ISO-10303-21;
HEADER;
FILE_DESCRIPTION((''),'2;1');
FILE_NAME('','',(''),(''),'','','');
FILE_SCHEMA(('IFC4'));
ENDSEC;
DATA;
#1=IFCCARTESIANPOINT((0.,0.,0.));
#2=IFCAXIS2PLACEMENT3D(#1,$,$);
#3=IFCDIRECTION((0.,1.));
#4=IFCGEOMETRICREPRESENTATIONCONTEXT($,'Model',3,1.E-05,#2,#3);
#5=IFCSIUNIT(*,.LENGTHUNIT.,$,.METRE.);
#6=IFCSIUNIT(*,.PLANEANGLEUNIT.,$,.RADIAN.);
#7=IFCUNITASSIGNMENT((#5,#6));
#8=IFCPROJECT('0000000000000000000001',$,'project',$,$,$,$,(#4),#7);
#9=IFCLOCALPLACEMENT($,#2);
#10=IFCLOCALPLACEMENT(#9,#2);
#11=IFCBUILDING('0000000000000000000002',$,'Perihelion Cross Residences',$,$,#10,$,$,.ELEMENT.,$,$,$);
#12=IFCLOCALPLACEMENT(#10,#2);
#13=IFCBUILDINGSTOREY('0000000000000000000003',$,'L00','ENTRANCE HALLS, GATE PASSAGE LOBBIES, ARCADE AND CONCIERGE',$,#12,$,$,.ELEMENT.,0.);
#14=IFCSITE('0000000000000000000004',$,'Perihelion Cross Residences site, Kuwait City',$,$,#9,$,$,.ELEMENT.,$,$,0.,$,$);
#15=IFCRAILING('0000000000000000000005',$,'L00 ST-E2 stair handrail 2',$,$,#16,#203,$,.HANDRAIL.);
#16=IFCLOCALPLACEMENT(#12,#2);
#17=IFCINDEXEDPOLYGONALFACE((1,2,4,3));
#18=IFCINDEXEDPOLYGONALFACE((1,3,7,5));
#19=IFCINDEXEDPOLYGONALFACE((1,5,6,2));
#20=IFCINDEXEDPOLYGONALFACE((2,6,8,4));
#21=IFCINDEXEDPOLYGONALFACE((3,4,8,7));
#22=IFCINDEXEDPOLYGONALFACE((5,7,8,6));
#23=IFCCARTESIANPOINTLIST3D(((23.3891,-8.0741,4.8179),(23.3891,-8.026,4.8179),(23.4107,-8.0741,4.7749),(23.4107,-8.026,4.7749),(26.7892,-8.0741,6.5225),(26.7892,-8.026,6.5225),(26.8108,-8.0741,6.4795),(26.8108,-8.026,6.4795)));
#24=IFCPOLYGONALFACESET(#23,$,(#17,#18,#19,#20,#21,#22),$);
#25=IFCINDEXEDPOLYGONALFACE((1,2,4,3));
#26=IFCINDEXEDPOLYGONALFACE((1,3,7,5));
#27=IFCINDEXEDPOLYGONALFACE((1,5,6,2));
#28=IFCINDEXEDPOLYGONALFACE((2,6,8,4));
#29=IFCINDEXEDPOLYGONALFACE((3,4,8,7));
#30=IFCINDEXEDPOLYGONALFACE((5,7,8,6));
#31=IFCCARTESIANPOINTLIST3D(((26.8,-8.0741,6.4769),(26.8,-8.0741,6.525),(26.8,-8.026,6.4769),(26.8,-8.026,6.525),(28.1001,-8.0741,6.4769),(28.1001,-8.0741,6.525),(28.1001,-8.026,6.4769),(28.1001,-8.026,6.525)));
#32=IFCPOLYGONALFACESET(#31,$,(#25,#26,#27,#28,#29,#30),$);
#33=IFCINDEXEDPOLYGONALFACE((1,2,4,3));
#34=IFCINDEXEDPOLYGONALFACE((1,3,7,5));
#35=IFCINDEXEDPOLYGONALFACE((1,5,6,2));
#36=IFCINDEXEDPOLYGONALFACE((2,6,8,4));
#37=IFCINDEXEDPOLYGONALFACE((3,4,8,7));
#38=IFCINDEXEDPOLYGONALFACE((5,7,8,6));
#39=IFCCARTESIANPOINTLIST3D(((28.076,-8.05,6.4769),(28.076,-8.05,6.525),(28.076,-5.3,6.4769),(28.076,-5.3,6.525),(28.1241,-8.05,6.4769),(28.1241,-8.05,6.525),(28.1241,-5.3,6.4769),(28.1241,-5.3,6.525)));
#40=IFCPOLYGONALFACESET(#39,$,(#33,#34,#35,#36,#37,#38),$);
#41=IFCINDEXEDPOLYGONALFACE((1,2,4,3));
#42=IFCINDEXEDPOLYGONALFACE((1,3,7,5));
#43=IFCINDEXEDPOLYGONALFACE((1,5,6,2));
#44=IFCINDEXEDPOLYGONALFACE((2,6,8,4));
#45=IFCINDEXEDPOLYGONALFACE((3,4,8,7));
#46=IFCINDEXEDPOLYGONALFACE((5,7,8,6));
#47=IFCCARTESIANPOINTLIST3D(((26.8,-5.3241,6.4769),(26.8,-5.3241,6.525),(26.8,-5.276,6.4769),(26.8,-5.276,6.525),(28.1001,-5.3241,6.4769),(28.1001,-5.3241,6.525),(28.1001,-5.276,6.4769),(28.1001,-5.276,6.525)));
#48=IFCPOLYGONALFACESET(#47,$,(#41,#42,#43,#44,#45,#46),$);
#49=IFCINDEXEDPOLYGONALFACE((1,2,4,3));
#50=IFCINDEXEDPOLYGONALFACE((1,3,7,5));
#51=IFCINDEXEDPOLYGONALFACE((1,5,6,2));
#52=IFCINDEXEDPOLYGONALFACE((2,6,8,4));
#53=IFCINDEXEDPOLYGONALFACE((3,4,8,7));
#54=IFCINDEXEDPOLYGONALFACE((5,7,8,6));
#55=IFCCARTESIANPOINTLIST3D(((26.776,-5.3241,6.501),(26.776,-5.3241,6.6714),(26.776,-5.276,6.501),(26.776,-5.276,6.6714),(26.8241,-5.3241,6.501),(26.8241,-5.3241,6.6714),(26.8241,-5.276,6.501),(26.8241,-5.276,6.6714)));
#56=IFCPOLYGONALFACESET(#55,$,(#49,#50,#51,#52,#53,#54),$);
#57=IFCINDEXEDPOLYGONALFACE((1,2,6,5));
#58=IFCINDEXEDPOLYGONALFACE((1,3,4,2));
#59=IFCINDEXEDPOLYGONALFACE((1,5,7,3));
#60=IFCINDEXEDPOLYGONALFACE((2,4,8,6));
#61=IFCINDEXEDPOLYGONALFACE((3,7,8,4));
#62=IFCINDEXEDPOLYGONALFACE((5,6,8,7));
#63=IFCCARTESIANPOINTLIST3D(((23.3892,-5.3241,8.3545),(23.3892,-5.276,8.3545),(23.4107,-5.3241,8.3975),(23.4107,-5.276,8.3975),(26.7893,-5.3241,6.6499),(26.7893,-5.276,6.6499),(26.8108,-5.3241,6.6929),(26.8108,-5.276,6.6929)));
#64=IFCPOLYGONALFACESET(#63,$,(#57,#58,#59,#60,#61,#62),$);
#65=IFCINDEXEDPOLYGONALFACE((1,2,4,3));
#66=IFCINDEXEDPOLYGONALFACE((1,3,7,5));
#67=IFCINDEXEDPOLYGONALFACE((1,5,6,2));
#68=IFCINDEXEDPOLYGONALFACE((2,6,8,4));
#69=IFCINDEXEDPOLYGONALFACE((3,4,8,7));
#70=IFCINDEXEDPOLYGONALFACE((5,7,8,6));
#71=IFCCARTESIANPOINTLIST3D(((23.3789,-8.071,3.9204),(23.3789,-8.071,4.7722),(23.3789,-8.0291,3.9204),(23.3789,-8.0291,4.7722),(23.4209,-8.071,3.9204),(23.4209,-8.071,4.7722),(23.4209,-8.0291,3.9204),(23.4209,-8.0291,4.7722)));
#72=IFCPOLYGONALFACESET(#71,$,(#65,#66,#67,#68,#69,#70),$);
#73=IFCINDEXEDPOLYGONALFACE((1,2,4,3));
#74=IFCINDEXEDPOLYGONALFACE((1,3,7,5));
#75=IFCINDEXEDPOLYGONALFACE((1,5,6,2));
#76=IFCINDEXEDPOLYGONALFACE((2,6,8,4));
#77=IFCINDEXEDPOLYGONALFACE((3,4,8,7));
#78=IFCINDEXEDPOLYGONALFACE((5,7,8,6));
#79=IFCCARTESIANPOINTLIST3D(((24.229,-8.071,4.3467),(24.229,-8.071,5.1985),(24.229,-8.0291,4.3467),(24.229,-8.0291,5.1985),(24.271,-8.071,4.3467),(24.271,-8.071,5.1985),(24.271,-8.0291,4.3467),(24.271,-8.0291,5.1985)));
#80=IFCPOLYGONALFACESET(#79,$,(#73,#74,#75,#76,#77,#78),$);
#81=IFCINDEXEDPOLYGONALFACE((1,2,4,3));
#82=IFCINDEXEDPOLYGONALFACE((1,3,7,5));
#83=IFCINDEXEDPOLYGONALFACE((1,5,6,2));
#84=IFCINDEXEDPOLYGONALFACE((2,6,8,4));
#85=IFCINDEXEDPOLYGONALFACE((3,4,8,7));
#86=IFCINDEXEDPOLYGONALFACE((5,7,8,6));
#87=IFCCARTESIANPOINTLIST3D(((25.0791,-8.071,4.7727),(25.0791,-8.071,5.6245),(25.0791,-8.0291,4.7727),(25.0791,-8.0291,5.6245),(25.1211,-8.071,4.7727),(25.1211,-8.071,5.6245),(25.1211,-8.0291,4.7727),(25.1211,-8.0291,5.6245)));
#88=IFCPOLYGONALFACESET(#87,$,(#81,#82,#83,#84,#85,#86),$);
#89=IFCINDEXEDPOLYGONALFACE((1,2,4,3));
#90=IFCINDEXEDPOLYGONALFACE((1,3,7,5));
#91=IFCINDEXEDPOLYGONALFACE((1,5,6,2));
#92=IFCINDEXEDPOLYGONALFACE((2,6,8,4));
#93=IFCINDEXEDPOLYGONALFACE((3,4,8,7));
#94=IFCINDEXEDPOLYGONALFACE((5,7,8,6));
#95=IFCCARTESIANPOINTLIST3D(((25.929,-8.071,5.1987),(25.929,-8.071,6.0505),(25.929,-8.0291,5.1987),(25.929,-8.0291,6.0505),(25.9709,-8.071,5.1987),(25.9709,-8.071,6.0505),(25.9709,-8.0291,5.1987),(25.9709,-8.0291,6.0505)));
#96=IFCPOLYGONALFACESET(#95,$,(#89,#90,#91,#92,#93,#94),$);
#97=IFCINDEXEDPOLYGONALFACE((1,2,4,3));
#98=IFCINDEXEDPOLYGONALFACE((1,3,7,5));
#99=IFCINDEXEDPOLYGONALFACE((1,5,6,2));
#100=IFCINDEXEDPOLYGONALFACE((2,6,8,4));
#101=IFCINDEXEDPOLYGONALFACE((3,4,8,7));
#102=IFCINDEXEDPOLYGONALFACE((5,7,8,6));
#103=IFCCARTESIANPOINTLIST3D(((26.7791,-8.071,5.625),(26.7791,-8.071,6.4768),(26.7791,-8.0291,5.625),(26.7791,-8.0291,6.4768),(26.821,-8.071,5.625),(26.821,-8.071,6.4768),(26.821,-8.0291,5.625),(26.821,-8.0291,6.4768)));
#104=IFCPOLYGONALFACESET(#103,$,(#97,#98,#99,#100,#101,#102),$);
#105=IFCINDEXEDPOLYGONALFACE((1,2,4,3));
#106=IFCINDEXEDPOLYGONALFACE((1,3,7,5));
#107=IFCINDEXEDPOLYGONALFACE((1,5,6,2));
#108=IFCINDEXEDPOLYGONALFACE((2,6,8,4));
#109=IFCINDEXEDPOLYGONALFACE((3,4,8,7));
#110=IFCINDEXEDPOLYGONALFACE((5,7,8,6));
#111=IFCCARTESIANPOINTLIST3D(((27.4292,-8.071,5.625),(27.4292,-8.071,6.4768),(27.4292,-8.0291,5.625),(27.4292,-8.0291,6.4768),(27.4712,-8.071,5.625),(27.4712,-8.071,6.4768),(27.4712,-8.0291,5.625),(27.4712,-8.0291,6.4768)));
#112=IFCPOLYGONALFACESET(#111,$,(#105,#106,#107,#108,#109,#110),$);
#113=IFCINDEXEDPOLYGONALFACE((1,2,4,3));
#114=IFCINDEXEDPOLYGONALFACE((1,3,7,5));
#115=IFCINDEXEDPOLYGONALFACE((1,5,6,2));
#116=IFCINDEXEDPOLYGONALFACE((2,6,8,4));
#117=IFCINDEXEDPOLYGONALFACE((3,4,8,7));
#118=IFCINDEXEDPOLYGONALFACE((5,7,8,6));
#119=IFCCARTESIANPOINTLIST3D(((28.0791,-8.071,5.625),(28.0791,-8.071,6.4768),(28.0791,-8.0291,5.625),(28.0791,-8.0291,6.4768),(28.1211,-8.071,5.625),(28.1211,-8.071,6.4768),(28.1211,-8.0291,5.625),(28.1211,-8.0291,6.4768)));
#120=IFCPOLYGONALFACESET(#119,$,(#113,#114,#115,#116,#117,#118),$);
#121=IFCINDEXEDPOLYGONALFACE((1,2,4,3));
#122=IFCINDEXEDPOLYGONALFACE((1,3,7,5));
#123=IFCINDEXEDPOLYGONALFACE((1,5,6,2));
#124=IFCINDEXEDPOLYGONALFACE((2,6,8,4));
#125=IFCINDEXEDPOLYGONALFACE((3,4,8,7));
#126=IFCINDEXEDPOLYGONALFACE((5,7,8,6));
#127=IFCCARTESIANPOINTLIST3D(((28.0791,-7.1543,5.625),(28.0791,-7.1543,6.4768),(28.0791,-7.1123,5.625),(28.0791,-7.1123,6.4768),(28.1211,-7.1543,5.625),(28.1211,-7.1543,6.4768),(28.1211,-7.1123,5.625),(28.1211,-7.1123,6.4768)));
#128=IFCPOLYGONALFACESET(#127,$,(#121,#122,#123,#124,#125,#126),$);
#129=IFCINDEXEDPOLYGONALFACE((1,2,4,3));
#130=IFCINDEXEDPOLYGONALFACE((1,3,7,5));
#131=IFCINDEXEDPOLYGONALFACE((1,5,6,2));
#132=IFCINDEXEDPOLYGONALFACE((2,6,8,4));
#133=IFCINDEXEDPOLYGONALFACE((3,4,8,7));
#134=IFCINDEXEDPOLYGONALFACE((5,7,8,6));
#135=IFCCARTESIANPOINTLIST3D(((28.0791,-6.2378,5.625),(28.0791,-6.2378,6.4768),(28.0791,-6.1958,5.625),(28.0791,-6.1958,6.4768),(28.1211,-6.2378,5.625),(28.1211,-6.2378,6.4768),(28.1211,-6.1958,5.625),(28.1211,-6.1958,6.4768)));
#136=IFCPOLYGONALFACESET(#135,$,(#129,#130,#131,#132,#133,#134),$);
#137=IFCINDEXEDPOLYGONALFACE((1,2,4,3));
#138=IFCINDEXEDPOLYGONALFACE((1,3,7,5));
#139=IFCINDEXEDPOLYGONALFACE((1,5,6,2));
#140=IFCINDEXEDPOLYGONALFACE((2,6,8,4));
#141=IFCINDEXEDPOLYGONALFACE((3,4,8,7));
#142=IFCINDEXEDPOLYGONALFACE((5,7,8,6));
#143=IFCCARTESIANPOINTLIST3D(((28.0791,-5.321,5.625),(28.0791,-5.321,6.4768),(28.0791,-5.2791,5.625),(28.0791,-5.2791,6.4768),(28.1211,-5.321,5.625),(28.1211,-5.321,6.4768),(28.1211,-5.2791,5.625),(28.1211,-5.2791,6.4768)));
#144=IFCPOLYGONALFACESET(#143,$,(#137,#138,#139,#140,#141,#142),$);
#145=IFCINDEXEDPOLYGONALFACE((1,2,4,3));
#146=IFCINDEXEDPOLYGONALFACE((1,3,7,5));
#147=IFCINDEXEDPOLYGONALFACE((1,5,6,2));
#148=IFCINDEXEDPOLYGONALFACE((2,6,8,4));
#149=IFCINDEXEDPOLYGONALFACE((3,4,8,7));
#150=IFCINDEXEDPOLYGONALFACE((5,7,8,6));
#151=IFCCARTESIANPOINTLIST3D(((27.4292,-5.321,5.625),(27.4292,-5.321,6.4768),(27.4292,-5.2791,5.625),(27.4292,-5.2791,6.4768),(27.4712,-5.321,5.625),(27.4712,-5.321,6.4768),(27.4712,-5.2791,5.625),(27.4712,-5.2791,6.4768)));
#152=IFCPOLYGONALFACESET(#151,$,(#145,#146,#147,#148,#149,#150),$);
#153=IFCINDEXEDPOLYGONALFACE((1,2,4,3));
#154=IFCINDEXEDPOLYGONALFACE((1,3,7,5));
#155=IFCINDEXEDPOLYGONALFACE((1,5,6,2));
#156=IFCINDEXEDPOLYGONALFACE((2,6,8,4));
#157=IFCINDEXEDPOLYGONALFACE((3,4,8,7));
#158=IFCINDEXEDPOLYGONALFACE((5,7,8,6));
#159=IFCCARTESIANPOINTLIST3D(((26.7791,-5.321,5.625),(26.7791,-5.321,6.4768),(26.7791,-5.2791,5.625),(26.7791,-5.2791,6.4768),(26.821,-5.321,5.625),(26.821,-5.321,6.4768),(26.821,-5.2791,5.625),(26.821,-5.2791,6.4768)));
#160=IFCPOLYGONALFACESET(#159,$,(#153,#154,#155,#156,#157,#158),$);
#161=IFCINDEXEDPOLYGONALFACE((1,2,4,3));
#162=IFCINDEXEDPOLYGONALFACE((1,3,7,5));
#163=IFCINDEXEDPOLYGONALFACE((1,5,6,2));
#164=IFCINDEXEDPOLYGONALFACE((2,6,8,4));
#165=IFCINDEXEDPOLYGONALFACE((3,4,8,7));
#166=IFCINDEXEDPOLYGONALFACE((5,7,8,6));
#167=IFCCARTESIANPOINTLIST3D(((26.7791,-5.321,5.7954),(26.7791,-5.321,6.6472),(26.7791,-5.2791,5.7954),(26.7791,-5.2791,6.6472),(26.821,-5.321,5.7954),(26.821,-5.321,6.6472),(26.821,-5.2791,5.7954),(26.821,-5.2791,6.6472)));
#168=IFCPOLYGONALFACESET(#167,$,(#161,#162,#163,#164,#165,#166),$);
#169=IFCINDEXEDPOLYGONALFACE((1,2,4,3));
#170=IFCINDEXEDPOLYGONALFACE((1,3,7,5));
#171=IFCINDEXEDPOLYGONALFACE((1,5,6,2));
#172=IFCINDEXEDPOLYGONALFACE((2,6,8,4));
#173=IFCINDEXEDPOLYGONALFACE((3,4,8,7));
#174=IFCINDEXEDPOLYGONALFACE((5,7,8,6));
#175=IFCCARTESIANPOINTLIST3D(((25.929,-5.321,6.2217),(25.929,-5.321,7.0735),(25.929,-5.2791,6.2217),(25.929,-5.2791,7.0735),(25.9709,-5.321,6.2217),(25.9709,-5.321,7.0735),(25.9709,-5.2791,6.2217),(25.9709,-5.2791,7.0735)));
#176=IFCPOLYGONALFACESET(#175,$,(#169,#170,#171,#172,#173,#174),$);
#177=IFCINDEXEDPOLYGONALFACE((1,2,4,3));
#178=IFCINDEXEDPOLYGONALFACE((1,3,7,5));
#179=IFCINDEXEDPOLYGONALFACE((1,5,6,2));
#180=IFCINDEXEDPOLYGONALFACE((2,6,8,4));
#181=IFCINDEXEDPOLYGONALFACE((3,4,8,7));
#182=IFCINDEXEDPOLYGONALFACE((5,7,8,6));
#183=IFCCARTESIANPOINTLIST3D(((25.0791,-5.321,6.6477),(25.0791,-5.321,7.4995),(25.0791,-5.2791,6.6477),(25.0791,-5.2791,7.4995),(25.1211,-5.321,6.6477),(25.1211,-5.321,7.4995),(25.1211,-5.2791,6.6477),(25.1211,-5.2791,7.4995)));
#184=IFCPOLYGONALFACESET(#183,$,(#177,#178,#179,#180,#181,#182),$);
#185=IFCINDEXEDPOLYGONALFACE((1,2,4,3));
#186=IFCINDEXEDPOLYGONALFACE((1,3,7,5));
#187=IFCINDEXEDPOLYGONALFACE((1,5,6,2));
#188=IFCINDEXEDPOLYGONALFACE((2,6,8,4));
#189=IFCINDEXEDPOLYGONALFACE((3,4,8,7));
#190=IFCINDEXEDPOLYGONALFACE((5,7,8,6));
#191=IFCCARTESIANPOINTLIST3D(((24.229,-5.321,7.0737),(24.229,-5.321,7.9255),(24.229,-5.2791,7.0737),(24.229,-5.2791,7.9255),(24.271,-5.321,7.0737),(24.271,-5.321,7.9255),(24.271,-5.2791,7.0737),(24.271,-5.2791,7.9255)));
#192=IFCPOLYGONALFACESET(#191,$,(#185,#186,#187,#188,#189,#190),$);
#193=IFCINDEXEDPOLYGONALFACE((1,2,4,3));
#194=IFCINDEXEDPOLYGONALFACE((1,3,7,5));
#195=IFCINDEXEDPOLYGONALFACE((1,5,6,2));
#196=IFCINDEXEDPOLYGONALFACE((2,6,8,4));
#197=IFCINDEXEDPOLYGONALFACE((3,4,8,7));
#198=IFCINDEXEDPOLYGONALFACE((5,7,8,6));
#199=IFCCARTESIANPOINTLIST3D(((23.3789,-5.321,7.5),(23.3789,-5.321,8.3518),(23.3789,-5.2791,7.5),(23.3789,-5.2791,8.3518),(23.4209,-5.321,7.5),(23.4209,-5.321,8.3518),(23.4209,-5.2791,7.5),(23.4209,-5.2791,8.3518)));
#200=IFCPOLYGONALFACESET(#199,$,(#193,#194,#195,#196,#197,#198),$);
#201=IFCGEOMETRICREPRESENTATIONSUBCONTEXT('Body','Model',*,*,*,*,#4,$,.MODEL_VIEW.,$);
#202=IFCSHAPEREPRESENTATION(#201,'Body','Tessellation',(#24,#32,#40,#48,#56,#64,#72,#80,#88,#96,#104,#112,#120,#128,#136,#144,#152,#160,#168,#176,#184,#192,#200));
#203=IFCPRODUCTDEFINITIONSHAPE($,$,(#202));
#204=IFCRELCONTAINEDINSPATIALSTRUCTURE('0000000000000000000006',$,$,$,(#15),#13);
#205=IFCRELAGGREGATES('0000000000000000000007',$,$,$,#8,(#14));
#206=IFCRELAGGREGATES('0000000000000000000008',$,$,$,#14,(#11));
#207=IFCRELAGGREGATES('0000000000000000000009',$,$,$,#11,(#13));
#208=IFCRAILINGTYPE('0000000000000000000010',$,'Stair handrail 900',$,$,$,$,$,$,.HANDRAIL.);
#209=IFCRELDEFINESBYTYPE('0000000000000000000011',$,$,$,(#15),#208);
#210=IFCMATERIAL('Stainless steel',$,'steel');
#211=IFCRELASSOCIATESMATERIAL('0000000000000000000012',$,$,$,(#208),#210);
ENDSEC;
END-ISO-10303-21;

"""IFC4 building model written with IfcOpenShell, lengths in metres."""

from ifc_helpers import new_model, si_unit, direction, frame, origin, origin_2d, place, context, subcontext, project, spatial, rectangle, extrude, material, type_object, element, save


model = new_model("IFC4")

# Units and contexts
model_context = context("Model", 3, precision=1e-05, world=origin(), true_north=direction((0.0, 1.0)))
body_context = subcontext(model_context, "Body", "Model", "MODEL_VIEW")
ifc_project = project(units=[si_unit("LENGTHUNIT", "METRE"), si_unit("PLANEANGLEUNIT", "RADIAN")], contexts=[model_context])

# Site, building, storey
site_placement = place(None, origin())
site = spatial("IfcSite", under=ifc_project, at=site_placement, Name="Perihelion Cross Residences site, Kuwait City", CompositionType="ELEMENT", RefElevation=0.0)
building_placement = place(site_placement, origin())
building = spatial("IfcBuilding", under=site, at=building_placement, Name="Perihelion Cross Residences", CompositionType="ELEMENT")
storey_placement = place(building_placement, origin())
storey = spatial("IfcBuildingStorey", under=building, at=storey_placement, Name="L00", Description="ENTRANCE HALLS, GATE PASSAGE LOBBIES, ARCADE AND CONCIERGE", CompositionType="ELEMENT", Elevation=0.0)

# Railing
ifc_material_1 = material(Name="Stainless steel", Category="steel")
railing_type_1 = type_object("IfcRailingType", Name="Stair handrail 900", PredefinedType="HANDRAIL", material=ifc_material_1)
railing_1_placement = place(storey_placement, frame((23.3999, -8.05, 3.9204)))
element("IfcRailing", 1, at=railing_1_placement, inside=storey, type_object=railing_type_1, Name="L00 ST-E2 stair handrail 2", PredefinedType="HANDRAIL", context=body_context, shape_type="SweptSolid", body=[
    extrude(rectangle(XDim=0.0481, YDim=0.0481, at=origin_2d()), frame((0.0, 0.0, 0.876), z_axis=(0.893952, 0.0, 0.448163), x_axis=(0.0, 1.0, 0.0)), (0.0, 0.0, 1.0), 3.8035),
    extrude(rectangle(XDim=0.0481, YDim=0.0481, at=origin_2d()), frame((3.4001, 0.0, 2.5806), z_axis=(1.0, 0.0, 0.0), x_axis=(0.0, 1.0, 0.0)), (0.0, 0.0, 1.0), 1.3),
    extrude(rectangle(XDim=0.0481, YDim=0.0481, at=origin_2d()), frame((4.7002, 0.0, 2.5806), z_axis=(0.0, 1.0, 0.0), x_axis=(-1.0, 0.0, 0.0)), (0.0, 0.0, 1.0), 2.75),
    extrude(rectangle(XDim=0.0481, YDim=0.0481, at=origin_2d()), frame((4.7002, 2.75, 2.5806), z_axis=(-1.0, 0.0, 0.0), x_axis=(0.0, -1.0, 0.0)), (0.0, 0.0, 1.0), 1.3),
    extrude(rectangle(XDim=0.0481, YDim=0.0481, at=origin_2d()), frame((3.4001, 2.75, 2.5806), z_axis=(0.0, 0.0, 1.0), x_axis=(1.0, 0.0, 0.0)), (0.0, 0.0, 1.0), 0.1704),
    extrude(rectangle(XDim=0.0481, YDim=0.0481, at=origin_2d()), frame((3.4001, 2.75, 2.751), z_axis=(-0.893952, 0.0, 0.448163), x_axis=(0.0, -1.0, 0.0)), (0.0, 0.0, 1.0), 3.8035),
    extrude(rectangle(XDim=0.042, YDim=0.042, at=origin_2d()), origin(), (0.0, 0.0, 1.0), 0.8518),
    extrude(rectangle(XDim=0.042, YDim=0.042, at=origin_2d()), frame((0.8501, 0.0, 0.4263)), (0.0, 0.0, 1.0), 0.8518),
    extrude(rectangle(XDim=0.042, YDim=0.042, at=origin_2d()), frame((1.7002, 0.0, 0.8523)), (0.0, 0.0, 1.0), 0.8518),
    extrude(rectangle(XDim=0.042, YDim=0.042, at=origin_2d()), frame((2.55, 0.0, 1.2783)), (0.0, 0.0, 1.0), 0.8518),
    extrude(rectangle(XDim=0.042, YDim=0.042, at=origin_2d()), frame((3.4001, 0.0, 1.7046)), (0.0, 0.0, 1.0), 0.8518),
    extrude(rectangle(XDim=0.042, YDim=0.042, at=origin_2d()), frame((4.0503, 0.0, 1.7046)), (0.0, 0.0, 1.0), 0.8518),
    extrude(rectangle(XDim=0.042, YDim=0.042, at=origin_2d()), frame((4.7002, 0.0, 1.7046)), (0.0, 0.0, 1.0), 0.8518),
    extrude(rectangle(XDim=0.042, YDim=0.042, at=origin_2d()), frame((4.7002, 0.9167, 1.7046)), (0.0, 0.0, 1.0), 0.8518),
    extrude(rectangle(XDim=0.042, YDim=0.042, at=origin_2d()), frame((4.7002, 1.8333, 1.7046)), (0.0, 0.0, 1.0), 0.8518),
    extrude(rectangle(XDim=0.042, YDim=0.042, at=origin_2d()), frame((4.7002, 2.75, 1.7046)), (0.0, 0.0, 1.0), 0.8518),
    extrude(rectangle(XDim=0.042, YDim=0.042, at=origin_2d()), frame((4.0503, 2.75, 1.7046)), (0.0, 0.0, 1.0), 0.8518),
    extrude(rectangle(XDim=0.042, YDim=0.042, at=origin_2d()), frame((3.4001, 2.75, 1.7046)), (0.0, 0.0, 1.0), 0.8518),
    extrude(rectangle(XDim=0.042, YDim=0.042, at=origin_2d()), frame((3.4001, 2.75, 1.875)), (0.0, 0.0, 1.0), 0.8518),
    extrude(rectangle(XDim=0.042, YDim=0.042, at=origin_2d()), frame((2.55, 2.75, 2.3013)), (0.0, 0.0, 1.0), 0.8518),
    extrude(rectangle(XDim=0.042, YDim=0.042, at=origin_2d()), frame((1.7002, 2.75, 2.7273)), (0.0, 0.0, 1.0), 0.8518),
    extrude(rectangle(XDim=0.042, YDim=0.042, at=origin_2d()), frame((0.8501, 2.75, 3.1533)), (0.0, 0.0, 1.0), 0.8518),
    extrude(rectangle(XDim=0.042, YDim=0.042, at=origin_2d()), frame((0.0, 2.75, 3.5796)), (0.0, 0.0, 1.0), 0.8518),
])

save(model, "model.ifc")
